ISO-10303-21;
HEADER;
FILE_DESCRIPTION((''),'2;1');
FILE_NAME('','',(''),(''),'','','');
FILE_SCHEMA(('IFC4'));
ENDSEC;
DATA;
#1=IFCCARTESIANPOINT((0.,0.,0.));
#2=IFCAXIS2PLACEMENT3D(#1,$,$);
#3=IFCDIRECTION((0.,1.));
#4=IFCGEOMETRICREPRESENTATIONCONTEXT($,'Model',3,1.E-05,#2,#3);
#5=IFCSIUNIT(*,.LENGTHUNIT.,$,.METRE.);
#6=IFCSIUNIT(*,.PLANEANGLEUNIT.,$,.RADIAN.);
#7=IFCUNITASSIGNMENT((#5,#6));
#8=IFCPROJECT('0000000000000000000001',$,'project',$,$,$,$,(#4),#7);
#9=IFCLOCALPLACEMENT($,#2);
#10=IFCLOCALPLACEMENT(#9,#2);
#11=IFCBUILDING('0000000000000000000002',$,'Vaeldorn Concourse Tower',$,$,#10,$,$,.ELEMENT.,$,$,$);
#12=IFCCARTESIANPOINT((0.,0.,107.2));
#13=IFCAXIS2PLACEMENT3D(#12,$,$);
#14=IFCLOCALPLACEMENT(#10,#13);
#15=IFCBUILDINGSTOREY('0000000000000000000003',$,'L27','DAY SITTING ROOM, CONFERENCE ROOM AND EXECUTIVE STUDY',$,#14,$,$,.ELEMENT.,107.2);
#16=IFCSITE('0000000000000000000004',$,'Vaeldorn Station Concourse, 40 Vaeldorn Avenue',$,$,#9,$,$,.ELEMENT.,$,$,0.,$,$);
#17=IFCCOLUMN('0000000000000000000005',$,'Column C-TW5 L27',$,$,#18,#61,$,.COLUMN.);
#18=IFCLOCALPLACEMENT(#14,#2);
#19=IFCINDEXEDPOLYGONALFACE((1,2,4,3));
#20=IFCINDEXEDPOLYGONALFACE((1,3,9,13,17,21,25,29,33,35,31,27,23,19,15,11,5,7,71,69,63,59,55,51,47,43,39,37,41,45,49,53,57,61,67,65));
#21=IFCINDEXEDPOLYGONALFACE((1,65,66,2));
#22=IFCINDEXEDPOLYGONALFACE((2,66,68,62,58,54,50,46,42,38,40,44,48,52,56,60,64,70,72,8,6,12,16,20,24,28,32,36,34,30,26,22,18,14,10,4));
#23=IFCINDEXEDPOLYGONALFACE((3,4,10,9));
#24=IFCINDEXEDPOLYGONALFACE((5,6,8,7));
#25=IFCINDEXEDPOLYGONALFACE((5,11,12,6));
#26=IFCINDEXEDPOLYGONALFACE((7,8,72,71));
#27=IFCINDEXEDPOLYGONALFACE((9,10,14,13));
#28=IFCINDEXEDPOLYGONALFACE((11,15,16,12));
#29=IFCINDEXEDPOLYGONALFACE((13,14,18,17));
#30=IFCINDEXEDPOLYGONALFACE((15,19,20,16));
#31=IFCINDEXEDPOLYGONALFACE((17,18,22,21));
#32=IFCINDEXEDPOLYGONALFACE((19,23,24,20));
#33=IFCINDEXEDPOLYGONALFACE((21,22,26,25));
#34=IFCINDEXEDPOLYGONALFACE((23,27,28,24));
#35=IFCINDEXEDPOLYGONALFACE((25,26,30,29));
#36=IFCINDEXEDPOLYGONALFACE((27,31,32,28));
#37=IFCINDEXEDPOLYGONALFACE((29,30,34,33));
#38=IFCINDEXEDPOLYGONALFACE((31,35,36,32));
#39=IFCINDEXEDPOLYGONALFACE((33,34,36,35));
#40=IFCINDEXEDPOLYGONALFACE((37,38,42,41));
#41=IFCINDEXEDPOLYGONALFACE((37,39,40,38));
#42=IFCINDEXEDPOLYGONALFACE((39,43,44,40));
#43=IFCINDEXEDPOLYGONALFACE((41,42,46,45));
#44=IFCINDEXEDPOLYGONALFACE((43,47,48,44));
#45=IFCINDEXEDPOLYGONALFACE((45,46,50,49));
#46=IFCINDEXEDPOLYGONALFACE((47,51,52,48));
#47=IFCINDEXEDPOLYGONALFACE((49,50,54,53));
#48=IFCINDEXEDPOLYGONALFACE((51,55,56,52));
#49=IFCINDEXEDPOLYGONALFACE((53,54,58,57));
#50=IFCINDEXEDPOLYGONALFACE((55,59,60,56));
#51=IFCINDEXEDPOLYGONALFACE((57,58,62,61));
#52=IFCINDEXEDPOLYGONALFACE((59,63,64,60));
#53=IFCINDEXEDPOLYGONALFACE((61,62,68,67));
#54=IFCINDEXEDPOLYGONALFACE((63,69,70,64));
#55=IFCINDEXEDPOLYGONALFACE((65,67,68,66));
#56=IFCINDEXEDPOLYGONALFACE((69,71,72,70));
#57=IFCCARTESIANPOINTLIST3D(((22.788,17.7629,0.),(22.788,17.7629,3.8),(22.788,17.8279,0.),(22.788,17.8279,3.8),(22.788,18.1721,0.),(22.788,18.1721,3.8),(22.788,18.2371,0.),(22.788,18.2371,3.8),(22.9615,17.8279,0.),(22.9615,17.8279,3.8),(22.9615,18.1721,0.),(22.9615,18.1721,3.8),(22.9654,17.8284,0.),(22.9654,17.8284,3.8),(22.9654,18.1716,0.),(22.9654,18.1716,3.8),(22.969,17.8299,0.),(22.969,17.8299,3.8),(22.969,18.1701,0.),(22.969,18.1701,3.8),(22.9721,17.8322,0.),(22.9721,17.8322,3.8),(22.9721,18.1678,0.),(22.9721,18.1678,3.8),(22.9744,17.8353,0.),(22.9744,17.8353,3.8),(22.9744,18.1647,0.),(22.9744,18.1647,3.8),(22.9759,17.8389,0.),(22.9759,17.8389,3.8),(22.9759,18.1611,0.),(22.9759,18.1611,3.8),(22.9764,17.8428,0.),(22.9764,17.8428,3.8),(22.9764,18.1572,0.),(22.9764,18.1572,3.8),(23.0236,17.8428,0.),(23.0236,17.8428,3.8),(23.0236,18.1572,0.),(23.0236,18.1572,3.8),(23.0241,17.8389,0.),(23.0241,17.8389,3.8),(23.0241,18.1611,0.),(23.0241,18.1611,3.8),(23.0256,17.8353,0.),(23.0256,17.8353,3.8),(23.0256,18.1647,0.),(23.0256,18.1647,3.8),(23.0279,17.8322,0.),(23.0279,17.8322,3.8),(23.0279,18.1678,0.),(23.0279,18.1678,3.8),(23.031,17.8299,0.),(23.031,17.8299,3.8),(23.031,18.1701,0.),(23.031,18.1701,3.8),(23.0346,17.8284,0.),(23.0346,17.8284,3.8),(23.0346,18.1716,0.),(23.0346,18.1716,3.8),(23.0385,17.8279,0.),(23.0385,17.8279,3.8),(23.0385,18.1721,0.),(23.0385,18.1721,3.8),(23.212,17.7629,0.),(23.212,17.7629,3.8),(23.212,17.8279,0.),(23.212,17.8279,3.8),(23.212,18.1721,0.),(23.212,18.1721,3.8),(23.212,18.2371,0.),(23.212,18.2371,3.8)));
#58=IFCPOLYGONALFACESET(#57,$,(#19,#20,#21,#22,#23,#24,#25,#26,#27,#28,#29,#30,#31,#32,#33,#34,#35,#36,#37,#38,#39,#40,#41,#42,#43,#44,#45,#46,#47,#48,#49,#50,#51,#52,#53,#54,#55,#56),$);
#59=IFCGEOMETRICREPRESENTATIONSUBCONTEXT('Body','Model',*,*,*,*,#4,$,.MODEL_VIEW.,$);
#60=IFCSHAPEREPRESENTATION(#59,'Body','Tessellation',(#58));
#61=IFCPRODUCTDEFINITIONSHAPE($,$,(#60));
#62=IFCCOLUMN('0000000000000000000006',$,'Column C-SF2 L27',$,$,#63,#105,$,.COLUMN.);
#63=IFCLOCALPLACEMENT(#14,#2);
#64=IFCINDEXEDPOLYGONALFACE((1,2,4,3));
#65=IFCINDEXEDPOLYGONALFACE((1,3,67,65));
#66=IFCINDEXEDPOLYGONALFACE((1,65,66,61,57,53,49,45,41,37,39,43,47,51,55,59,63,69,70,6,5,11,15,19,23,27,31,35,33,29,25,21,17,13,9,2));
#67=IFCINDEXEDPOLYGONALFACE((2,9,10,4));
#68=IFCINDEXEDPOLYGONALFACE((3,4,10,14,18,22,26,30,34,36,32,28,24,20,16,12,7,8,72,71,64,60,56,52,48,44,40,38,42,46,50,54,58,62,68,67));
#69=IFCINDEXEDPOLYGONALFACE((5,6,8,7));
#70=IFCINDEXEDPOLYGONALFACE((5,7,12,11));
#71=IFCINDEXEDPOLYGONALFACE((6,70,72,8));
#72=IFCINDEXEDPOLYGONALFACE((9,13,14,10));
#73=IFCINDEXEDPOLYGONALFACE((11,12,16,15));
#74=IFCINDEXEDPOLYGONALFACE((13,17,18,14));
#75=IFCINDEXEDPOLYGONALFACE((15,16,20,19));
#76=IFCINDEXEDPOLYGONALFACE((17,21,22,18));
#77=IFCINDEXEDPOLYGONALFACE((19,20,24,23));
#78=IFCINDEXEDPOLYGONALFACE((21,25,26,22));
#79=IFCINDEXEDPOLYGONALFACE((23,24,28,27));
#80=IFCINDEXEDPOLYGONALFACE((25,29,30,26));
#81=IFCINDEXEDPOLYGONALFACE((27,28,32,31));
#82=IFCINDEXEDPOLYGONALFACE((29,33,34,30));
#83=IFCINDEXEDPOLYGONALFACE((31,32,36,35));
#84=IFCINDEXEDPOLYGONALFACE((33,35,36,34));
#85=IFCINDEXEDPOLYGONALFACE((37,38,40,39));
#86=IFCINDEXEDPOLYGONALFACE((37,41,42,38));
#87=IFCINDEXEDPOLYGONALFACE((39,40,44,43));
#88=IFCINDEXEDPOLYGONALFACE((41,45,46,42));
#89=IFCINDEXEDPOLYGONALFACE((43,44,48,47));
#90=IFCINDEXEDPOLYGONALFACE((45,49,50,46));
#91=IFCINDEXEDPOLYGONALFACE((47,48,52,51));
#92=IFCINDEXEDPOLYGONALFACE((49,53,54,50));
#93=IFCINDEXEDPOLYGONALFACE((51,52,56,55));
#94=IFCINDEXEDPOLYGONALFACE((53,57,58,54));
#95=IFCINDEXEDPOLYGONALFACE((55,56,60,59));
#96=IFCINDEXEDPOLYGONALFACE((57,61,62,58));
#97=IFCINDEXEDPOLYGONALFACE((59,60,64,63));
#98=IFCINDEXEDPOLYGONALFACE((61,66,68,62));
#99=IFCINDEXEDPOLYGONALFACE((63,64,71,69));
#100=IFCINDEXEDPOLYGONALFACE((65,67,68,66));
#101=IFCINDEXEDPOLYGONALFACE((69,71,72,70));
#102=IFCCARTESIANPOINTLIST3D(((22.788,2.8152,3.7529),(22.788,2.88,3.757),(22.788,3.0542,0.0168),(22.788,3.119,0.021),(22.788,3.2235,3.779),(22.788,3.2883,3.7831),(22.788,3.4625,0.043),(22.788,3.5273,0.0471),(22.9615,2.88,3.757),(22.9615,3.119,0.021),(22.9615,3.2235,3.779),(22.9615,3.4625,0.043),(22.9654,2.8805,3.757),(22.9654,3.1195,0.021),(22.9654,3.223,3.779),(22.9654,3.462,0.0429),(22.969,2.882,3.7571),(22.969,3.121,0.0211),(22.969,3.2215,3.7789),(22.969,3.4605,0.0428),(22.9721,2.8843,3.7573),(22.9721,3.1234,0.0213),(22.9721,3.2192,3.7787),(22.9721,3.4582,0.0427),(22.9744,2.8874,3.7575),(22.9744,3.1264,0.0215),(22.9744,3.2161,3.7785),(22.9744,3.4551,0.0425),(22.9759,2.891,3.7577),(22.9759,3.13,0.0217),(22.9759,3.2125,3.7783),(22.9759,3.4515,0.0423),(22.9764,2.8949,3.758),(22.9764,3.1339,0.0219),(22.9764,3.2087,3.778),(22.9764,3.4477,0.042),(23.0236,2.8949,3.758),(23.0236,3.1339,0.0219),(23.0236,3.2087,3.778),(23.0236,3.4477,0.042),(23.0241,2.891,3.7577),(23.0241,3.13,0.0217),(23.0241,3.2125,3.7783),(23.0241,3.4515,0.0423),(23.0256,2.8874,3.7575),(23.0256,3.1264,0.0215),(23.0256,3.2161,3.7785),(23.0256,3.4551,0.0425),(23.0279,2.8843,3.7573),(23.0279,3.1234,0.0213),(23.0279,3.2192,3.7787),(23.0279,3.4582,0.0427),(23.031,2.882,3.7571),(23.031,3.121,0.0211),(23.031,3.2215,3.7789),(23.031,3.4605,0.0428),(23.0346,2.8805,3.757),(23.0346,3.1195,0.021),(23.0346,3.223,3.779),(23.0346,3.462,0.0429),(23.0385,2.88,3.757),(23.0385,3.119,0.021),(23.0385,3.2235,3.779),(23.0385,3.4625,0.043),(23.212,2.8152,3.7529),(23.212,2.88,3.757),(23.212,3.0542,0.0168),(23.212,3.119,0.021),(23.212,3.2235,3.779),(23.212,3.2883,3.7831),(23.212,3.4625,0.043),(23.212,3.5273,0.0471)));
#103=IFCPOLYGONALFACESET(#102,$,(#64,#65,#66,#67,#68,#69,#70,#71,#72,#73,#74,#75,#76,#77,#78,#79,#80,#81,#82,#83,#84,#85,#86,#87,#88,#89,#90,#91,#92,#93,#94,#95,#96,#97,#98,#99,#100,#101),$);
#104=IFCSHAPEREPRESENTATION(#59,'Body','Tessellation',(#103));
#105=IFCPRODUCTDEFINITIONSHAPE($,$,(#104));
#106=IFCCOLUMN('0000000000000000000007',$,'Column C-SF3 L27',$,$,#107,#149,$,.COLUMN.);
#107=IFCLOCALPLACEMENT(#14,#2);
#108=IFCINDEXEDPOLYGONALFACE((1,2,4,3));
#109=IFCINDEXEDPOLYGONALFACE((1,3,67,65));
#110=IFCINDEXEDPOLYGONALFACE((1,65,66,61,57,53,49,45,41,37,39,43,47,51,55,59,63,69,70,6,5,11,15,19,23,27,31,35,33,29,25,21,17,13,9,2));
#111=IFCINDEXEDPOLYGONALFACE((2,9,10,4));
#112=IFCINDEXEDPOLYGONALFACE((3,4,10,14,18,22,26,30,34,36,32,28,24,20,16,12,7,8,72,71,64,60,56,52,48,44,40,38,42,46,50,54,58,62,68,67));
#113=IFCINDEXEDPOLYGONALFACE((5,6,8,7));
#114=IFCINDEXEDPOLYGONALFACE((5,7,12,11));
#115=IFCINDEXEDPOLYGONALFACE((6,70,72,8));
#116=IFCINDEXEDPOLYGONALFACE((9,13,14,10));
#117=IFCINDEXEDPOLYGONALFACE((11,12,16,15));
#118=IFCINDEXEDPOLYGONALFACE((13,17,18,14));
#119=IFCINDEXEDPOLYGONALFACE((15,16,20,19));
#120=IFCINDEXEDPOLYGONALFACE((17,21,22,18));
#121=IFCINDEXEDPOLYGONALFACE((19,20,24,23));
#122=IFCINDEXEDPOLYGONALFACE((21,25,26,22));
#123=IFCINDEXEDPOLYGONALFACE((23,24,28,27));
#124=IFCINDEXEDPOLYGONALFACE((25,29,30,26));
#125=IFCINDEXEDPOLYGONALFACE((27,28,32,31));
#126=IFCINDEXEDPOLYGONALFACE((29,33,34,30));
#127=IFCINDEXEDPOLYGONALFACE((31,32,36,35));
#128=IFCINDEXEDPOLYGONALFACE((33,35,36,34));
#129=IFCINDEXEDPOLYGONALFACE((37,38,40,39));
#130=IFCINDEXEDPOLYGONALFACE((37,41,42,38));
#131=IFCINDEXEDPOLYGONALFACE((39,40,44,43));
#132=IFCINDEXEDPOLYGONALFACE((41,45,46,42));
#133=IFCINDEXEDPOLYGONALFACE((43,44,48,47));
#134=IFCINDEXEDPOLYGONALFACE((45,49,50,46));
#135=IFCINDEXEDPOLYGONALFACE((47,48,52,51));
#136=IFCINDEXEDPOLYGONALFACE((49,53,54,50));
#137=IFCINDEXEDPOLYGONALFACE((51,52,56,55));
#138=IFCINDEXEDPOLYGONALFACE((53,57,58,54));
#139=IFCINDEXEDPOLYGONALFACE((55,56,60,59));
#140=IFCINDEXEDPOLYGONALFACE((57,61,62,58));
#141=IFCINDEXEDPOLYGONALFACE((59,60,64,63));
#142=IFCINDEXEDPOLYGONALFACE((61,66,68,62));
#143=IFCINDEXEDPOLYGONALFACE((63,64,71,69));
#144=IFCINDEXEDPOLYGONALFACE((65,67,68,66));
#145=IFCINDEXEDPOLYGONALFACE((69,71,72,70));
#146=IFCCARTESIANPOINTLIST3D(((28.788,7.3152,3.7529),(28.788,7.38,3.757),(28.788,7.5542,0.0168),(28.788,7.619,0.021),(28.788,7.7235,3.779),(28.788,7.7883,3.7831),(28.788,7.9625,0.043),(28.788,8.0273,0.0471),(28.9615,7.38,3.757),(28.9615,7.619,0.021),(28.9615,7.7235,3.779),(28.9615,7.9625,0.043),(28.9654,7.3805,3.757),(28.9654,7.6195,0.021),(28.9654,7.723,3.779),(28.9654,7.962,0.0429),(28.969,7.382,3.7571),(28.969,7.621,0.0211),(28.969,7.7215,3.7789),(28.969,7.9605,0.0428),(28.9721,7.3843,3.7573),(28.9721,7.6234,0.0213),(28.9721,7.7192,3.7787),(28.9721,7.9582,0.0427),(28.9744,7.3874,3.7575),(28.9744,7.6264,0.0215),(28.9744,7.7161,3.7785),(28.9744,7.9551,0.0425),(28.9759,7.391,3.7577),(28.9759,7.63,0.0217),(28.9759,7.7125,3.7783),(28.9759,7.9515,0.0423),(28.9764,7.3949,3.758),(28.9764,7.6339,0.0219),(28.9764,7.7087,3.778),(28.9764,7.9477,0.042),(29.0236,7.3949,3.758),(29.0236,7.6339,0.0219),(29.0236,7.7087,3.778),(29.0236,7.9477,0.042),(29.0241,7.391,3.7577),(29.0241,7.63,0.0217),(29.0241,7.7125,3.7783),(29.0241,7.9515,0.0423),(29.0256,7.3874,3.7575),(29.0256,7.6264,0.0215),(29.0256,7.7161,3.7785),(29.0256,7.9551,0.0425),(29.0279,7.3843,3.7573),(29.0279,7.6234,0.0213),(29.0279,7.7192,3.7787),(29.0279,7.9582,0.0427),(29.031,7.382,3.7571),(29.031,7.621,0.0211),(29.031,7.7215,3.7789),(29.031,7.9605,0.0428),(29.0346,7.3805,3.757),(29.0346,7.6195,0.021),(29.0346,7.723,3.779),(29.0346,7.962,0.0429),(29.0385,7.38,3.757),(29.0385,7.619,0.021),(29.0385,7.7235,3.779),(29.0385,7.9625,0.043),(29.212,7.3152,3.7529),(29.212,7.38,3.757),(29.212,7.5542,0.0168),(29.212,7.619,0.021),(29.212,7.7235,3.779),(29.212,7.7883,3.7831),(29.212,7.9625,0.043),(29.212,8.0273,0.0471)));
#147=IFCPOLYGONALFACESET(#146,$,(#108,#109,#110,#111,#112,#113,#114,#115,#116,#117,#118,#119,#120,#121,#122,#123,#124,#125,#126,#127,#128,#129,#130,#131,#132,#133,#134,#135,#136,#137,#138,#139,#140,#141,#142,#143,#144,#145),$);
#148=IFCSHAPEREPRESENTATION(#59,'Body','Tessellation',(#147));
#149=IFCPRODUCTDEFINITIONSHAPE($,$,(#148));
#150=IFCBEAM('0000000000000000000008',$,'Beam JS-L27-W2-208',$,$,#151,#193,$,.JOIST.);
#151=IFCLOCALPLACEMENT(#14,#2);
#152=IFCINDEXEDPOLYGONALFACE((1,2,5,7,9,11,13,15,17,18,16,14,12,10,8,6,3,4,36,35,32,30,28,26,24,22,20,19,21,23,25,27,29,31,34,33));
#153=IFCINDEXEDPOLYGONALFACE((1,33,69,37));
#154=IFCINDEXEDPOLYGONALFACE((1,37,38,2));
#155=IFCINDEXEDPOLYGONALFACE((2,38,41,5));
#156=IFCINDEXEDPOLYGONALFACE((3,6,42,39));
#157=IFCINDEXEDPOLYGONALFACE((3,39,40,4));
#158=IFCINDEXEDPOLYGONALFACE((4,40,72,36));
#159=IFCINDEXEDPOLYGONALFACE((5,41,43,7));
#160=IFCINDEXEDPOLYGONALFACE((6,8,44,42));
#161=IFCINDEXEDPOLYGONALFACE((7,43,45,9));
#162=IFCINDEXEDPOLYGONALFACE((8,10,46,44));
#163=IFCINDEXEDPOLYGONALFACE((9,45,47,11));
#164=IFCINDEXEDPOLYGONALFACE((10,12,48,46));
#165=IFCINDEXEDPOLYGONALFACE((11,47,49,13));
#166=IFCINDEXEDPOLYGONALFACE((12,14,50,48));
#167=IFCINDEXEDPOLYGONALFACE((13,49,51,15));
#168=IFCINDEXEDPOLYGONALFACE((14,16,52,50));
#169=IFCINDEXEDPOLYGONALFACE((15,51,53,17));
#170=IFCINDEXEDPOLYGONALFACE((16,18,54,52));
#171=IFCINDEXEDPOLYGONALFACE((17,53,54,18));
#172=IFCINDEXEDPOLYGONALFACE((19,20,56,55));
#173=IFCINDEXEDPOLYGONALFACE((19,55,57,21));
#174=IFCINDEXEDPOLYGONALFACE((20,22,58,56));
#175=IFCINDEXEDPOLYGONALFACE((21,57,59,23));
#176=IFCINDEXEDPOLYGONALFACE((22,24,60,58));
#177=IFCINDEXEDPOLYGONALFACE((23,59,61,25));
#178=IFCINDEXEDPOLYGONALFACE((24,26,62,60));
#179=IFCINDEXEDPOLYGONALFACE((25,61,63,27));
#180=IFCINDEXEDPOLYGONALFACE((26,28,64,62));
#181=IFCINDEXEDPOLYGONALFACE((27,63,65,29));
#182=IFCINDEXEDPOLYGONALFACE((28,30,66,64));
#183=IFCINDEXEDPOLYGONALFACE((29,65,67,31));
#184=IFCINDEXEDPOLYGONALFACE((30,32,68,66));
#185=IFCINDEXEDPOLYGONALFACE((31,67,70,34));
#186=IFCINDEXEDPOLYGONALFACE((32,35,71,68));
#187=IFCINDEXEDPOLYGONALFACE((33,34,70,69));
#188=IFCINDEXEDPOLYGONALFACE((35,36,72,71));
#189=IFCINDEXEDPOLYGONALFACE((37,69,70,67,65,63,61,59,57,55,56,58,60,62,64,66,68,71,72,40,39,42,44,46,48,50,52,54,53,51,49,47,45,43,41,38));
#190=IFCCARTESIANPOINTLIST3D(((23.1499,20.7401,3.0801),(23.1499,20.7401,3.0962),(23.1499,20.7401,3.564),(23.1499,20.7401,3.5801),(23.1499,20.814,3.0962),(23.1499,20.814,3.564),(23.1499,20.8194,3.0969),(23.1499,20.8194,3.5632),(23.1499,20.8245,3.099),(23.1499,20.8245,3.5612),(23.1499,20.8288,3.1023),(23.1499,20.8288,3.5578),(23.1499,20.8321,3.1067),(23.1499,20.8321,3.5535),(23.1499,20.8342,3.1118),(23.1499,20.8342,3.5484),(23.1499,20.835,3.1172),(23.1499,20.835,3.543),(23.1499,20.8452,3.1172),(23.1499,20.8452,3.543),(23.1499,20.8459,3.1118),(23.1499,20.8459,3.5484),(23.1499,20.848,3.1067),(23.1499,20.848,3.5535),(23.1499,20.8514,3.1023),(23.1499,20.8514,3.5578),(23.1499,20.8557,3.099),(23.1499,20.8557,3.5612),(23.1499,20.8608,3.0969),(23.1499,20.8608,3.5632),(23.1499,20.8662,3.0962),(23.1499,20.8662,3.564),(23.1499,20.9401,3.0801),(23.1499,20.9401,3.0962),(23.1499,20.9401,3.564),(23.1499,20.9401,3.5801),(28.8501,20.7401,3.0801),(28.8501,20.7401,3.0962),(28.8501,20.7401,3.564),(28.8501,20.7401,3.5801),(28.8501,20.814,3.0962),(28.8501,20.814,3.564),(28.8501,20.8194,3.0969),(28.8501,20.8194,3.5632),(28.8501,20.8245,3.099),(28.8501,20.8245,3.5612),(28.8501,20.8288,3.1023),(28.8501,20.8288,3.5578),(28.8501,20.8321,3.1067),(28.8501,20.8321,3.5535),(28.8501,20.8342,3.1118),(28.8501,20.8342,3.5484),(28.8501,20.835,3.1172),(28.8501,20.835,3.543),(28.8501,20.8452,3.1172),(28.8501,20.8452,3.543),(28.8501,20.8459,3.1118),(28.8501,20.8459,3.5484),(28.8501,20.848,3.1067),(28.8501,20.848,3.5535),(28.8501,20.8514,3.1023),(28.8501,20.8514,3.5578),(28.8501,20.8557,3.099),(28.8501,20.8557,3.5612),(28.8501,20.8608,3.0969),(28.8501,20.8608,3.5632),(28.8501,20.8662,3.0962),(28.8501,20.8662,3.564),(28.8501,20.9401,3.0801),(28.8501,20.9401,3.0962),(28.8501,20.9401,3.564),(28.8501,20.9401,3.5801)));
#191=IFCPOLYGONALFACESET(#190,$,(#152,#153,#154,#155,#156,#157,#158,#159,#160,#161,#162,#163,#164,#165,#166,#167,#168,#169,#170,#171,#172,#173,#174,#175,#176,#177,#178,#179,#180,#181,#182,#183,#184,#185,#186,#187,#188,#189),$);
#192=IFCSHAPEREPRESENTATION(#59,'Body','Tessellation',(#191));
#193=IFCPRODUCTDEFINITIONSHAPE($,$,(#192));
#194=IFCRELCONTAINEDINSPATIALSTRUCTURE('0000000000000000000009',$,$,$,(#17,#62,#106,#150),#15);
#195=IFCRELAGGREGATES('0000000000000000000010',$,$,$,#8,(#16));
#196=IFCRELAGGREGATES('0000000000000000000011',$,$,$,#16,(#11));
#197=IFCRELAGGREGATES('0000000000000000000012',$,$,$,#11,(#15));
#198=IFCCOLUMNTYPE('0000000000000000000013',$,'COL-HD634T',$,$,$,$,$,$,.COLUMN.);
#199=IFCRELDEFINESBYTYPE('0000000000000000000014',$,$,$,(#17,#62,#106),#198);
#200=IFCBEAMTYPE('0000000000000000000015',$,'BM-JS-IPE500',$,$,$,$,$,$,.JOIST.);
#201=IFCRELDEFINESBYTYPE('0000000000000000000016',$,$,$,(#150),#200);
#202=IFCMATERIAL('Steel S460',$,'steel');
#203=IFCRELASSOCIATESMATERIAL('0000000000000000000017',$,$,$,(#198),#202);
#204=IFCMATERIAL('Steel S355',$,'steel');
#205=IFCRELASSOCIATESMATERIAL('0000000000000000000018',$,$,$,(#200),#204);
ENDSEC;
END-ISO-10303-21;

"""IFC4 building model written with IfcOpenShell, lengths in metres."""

from ifc_helpers import new_model, si_unit, direction, frame, origin, origin_2d, place, context, subcontext, project, spatial, i_section, extrude, source, transform, mapped, material, material_profile, profile_set, type_object, element, save


model = new_model("IFC4")

# Units and contexts
model_context = context("Model", 3, precision=1e-05, world=origin(), true_north=direction((0.0, 1.0)))
body_context = subcontext(model_context, "Body", "Model", "MODEL_VIEW")
ifc_project = project(units=[si_unit("LENGTHUNIT", "METRE"), si_unit("PLANEANGLEUNIT", "RADIAN")], contexts=[model_context])

# Site, building, storey
site_placement = place(None, origin())
site = spatial("IfcSite", under=ifc_project, at=site_placement, Name="Vaeldorn Station Concourse, 40 Vaeldorn Avenue", CompositionType="ELEMENT", RefElevation=0.0)
building_placement = place(site_placement, origin())
building = spatial("IfcBuilding", under=site, at=building_placement, Name="Vaeldorn Concourse Tower", CompositionType="ELEMENT")
storey_placement = place(building_placement, frame((0.0, 0.0, 107.2)))
storey = spatial("IfcBuildingStorey", under=building, at=storey_placement, Name="L27", Description="DAY SITTING ROOM, CONFERENCE ROOM AND EXECUTIVE STUDY", CompositionType="ELEMENT", Elevation=107.2)

# Columns
ifc_material_1 = material(Name="Steel S460", Category="steel")
ifc_material_profile_1 = material_profile(ifc_material_1, i_section(OverallWidth=0.4241, OverallDepth=0.4741, WebThickness=0.0471, FlangeThickness=0.0649, FilletRadius=0.0149, at=origin_2d()), Name="HD 400x634")
ifc_profile_set_1 = profile_set([ifc_material_profile_1], Name="Steel S460")
column_type = type_object("IfcColumnType", Name="COL-HD634T", PredefinedType="COLUMN", material=ifc_profile_set_1)
shared_shape_1 = source(origin(), body_context, "Body", "SweptSolid", [
    extrude(i_section(OverallWidth=0.4241, OverallDepth=0.4741, WebThickness=0.0471, FlangeThickness=0.0649, FilletRadius=0.0149, at=origin_2d()), origin(), (0.0, 0.0, 1.0), 3.8),
])
column_placement = place(storey_placement, frame((23.0, 18.0, 0.0), z_axis=(0.0, 0.0, 1.0), x_axis=(1.0, 0.0, 0.0)))
element("IfcColumn", 1, at=column_placement, inside=storey, type_object=column_type, Name="Column C-TW5 L27", PredefinedType="COLUMN", context=body_context, shape_type="MappedRepresentation", body=[
    mapped(shared_shape_1, transform((0.0, 0.0, 0.0), scale=1.0)),
])
shared_shape_2 = source(origin(), body_context, "Body", "SweptSolid", [
    extrude(i_section(OverallWidth=0.4241, OverallDepth=0.4741, WebThickness=0.0471, FlangeThickness=0.0649, FilletRadius=0.0149, at=origin_2d()), origin(), (0.0, 0.0, 1.0), 3.7437),
])
for number, where, z_axis, x_axis, name in (
    (2, (23.0, 3.2908, 0.032), (0.0, -0.063844, 0.99796), (1.0, 0.0, 0.0), "Column C-SF2 L27"),
    (3, (29.0, 7.7908, 0.032), (0.0, -0.063844, 0.99796), (1.0, 0.0, 0.0), "Column C-SF3 L27"),
):
    element("IfcColumn", number, at=place(storey_placement, frame(where, z_axis=z_axis, x_axis=x_axis)), inside=storey, type_object=column_type, Name=name, PredefinedType="COLUMN", context=body_context, shape_type="MappedRepresentation", body=[
        mapped(shared_shape_2, transform((0.0, 0.0, 0.0), scale=1.0)),
    ])

# Beam
ifc_material_2 = material(Name="Steel S355", Category="steel")
ifc_material_profile_2 = material_profile(ifc_material_2, i_section(OverallWidth=0.2, OverallDepth=0.5, WebThickness=0.0103, FlangeThickness=0.0161, FilletRadius=0.021, at=origin_2d()), Name="IPE 500")
ifc_profile_set_2 = profile_set([ifc_material_profile_2], Name="Steel S355")
beam_type_1 = type_object("IfcBeamType", Name="BM-JS-IPE500", PredefinedType="JOIST", material=ifc_profile_set_2)
shared_shape_3 = source(origin(), body_context, "Body", "SweptSolid", [
    extrude(i_section(OverallWidth=0.2, OverallDepth=0.5, WebThickness=0.0103, FlangeThickness=0.0161, FilletRadius=0.021, at=origin_2d()), origin(), (0.0, 0.0, 1.0), 5.7002),
])
for number, where, z_axis, x_axis, name in (
    (4, (23.1499, 20.8401, 3.3301), (1.0, 0.0, 0.0), (0.0, 1.0, 0.0), "Beam JS-L27-W2-208"),
):
    element("IfcBeam", number, at=place(storey_placement, frame(where, z_axis=z_axis, x_axis=x_axis)), inside=storey, type_object=beam_type_1, Name=name, PredefinedType="JOIST", context=body_context, shape_type="MappedRepresentation", body=[
        mapped(shared_shape_3, transform((0.0, 0.0, 0.0), scale=1.0)),
    ])

save(model, "model.ifc")
